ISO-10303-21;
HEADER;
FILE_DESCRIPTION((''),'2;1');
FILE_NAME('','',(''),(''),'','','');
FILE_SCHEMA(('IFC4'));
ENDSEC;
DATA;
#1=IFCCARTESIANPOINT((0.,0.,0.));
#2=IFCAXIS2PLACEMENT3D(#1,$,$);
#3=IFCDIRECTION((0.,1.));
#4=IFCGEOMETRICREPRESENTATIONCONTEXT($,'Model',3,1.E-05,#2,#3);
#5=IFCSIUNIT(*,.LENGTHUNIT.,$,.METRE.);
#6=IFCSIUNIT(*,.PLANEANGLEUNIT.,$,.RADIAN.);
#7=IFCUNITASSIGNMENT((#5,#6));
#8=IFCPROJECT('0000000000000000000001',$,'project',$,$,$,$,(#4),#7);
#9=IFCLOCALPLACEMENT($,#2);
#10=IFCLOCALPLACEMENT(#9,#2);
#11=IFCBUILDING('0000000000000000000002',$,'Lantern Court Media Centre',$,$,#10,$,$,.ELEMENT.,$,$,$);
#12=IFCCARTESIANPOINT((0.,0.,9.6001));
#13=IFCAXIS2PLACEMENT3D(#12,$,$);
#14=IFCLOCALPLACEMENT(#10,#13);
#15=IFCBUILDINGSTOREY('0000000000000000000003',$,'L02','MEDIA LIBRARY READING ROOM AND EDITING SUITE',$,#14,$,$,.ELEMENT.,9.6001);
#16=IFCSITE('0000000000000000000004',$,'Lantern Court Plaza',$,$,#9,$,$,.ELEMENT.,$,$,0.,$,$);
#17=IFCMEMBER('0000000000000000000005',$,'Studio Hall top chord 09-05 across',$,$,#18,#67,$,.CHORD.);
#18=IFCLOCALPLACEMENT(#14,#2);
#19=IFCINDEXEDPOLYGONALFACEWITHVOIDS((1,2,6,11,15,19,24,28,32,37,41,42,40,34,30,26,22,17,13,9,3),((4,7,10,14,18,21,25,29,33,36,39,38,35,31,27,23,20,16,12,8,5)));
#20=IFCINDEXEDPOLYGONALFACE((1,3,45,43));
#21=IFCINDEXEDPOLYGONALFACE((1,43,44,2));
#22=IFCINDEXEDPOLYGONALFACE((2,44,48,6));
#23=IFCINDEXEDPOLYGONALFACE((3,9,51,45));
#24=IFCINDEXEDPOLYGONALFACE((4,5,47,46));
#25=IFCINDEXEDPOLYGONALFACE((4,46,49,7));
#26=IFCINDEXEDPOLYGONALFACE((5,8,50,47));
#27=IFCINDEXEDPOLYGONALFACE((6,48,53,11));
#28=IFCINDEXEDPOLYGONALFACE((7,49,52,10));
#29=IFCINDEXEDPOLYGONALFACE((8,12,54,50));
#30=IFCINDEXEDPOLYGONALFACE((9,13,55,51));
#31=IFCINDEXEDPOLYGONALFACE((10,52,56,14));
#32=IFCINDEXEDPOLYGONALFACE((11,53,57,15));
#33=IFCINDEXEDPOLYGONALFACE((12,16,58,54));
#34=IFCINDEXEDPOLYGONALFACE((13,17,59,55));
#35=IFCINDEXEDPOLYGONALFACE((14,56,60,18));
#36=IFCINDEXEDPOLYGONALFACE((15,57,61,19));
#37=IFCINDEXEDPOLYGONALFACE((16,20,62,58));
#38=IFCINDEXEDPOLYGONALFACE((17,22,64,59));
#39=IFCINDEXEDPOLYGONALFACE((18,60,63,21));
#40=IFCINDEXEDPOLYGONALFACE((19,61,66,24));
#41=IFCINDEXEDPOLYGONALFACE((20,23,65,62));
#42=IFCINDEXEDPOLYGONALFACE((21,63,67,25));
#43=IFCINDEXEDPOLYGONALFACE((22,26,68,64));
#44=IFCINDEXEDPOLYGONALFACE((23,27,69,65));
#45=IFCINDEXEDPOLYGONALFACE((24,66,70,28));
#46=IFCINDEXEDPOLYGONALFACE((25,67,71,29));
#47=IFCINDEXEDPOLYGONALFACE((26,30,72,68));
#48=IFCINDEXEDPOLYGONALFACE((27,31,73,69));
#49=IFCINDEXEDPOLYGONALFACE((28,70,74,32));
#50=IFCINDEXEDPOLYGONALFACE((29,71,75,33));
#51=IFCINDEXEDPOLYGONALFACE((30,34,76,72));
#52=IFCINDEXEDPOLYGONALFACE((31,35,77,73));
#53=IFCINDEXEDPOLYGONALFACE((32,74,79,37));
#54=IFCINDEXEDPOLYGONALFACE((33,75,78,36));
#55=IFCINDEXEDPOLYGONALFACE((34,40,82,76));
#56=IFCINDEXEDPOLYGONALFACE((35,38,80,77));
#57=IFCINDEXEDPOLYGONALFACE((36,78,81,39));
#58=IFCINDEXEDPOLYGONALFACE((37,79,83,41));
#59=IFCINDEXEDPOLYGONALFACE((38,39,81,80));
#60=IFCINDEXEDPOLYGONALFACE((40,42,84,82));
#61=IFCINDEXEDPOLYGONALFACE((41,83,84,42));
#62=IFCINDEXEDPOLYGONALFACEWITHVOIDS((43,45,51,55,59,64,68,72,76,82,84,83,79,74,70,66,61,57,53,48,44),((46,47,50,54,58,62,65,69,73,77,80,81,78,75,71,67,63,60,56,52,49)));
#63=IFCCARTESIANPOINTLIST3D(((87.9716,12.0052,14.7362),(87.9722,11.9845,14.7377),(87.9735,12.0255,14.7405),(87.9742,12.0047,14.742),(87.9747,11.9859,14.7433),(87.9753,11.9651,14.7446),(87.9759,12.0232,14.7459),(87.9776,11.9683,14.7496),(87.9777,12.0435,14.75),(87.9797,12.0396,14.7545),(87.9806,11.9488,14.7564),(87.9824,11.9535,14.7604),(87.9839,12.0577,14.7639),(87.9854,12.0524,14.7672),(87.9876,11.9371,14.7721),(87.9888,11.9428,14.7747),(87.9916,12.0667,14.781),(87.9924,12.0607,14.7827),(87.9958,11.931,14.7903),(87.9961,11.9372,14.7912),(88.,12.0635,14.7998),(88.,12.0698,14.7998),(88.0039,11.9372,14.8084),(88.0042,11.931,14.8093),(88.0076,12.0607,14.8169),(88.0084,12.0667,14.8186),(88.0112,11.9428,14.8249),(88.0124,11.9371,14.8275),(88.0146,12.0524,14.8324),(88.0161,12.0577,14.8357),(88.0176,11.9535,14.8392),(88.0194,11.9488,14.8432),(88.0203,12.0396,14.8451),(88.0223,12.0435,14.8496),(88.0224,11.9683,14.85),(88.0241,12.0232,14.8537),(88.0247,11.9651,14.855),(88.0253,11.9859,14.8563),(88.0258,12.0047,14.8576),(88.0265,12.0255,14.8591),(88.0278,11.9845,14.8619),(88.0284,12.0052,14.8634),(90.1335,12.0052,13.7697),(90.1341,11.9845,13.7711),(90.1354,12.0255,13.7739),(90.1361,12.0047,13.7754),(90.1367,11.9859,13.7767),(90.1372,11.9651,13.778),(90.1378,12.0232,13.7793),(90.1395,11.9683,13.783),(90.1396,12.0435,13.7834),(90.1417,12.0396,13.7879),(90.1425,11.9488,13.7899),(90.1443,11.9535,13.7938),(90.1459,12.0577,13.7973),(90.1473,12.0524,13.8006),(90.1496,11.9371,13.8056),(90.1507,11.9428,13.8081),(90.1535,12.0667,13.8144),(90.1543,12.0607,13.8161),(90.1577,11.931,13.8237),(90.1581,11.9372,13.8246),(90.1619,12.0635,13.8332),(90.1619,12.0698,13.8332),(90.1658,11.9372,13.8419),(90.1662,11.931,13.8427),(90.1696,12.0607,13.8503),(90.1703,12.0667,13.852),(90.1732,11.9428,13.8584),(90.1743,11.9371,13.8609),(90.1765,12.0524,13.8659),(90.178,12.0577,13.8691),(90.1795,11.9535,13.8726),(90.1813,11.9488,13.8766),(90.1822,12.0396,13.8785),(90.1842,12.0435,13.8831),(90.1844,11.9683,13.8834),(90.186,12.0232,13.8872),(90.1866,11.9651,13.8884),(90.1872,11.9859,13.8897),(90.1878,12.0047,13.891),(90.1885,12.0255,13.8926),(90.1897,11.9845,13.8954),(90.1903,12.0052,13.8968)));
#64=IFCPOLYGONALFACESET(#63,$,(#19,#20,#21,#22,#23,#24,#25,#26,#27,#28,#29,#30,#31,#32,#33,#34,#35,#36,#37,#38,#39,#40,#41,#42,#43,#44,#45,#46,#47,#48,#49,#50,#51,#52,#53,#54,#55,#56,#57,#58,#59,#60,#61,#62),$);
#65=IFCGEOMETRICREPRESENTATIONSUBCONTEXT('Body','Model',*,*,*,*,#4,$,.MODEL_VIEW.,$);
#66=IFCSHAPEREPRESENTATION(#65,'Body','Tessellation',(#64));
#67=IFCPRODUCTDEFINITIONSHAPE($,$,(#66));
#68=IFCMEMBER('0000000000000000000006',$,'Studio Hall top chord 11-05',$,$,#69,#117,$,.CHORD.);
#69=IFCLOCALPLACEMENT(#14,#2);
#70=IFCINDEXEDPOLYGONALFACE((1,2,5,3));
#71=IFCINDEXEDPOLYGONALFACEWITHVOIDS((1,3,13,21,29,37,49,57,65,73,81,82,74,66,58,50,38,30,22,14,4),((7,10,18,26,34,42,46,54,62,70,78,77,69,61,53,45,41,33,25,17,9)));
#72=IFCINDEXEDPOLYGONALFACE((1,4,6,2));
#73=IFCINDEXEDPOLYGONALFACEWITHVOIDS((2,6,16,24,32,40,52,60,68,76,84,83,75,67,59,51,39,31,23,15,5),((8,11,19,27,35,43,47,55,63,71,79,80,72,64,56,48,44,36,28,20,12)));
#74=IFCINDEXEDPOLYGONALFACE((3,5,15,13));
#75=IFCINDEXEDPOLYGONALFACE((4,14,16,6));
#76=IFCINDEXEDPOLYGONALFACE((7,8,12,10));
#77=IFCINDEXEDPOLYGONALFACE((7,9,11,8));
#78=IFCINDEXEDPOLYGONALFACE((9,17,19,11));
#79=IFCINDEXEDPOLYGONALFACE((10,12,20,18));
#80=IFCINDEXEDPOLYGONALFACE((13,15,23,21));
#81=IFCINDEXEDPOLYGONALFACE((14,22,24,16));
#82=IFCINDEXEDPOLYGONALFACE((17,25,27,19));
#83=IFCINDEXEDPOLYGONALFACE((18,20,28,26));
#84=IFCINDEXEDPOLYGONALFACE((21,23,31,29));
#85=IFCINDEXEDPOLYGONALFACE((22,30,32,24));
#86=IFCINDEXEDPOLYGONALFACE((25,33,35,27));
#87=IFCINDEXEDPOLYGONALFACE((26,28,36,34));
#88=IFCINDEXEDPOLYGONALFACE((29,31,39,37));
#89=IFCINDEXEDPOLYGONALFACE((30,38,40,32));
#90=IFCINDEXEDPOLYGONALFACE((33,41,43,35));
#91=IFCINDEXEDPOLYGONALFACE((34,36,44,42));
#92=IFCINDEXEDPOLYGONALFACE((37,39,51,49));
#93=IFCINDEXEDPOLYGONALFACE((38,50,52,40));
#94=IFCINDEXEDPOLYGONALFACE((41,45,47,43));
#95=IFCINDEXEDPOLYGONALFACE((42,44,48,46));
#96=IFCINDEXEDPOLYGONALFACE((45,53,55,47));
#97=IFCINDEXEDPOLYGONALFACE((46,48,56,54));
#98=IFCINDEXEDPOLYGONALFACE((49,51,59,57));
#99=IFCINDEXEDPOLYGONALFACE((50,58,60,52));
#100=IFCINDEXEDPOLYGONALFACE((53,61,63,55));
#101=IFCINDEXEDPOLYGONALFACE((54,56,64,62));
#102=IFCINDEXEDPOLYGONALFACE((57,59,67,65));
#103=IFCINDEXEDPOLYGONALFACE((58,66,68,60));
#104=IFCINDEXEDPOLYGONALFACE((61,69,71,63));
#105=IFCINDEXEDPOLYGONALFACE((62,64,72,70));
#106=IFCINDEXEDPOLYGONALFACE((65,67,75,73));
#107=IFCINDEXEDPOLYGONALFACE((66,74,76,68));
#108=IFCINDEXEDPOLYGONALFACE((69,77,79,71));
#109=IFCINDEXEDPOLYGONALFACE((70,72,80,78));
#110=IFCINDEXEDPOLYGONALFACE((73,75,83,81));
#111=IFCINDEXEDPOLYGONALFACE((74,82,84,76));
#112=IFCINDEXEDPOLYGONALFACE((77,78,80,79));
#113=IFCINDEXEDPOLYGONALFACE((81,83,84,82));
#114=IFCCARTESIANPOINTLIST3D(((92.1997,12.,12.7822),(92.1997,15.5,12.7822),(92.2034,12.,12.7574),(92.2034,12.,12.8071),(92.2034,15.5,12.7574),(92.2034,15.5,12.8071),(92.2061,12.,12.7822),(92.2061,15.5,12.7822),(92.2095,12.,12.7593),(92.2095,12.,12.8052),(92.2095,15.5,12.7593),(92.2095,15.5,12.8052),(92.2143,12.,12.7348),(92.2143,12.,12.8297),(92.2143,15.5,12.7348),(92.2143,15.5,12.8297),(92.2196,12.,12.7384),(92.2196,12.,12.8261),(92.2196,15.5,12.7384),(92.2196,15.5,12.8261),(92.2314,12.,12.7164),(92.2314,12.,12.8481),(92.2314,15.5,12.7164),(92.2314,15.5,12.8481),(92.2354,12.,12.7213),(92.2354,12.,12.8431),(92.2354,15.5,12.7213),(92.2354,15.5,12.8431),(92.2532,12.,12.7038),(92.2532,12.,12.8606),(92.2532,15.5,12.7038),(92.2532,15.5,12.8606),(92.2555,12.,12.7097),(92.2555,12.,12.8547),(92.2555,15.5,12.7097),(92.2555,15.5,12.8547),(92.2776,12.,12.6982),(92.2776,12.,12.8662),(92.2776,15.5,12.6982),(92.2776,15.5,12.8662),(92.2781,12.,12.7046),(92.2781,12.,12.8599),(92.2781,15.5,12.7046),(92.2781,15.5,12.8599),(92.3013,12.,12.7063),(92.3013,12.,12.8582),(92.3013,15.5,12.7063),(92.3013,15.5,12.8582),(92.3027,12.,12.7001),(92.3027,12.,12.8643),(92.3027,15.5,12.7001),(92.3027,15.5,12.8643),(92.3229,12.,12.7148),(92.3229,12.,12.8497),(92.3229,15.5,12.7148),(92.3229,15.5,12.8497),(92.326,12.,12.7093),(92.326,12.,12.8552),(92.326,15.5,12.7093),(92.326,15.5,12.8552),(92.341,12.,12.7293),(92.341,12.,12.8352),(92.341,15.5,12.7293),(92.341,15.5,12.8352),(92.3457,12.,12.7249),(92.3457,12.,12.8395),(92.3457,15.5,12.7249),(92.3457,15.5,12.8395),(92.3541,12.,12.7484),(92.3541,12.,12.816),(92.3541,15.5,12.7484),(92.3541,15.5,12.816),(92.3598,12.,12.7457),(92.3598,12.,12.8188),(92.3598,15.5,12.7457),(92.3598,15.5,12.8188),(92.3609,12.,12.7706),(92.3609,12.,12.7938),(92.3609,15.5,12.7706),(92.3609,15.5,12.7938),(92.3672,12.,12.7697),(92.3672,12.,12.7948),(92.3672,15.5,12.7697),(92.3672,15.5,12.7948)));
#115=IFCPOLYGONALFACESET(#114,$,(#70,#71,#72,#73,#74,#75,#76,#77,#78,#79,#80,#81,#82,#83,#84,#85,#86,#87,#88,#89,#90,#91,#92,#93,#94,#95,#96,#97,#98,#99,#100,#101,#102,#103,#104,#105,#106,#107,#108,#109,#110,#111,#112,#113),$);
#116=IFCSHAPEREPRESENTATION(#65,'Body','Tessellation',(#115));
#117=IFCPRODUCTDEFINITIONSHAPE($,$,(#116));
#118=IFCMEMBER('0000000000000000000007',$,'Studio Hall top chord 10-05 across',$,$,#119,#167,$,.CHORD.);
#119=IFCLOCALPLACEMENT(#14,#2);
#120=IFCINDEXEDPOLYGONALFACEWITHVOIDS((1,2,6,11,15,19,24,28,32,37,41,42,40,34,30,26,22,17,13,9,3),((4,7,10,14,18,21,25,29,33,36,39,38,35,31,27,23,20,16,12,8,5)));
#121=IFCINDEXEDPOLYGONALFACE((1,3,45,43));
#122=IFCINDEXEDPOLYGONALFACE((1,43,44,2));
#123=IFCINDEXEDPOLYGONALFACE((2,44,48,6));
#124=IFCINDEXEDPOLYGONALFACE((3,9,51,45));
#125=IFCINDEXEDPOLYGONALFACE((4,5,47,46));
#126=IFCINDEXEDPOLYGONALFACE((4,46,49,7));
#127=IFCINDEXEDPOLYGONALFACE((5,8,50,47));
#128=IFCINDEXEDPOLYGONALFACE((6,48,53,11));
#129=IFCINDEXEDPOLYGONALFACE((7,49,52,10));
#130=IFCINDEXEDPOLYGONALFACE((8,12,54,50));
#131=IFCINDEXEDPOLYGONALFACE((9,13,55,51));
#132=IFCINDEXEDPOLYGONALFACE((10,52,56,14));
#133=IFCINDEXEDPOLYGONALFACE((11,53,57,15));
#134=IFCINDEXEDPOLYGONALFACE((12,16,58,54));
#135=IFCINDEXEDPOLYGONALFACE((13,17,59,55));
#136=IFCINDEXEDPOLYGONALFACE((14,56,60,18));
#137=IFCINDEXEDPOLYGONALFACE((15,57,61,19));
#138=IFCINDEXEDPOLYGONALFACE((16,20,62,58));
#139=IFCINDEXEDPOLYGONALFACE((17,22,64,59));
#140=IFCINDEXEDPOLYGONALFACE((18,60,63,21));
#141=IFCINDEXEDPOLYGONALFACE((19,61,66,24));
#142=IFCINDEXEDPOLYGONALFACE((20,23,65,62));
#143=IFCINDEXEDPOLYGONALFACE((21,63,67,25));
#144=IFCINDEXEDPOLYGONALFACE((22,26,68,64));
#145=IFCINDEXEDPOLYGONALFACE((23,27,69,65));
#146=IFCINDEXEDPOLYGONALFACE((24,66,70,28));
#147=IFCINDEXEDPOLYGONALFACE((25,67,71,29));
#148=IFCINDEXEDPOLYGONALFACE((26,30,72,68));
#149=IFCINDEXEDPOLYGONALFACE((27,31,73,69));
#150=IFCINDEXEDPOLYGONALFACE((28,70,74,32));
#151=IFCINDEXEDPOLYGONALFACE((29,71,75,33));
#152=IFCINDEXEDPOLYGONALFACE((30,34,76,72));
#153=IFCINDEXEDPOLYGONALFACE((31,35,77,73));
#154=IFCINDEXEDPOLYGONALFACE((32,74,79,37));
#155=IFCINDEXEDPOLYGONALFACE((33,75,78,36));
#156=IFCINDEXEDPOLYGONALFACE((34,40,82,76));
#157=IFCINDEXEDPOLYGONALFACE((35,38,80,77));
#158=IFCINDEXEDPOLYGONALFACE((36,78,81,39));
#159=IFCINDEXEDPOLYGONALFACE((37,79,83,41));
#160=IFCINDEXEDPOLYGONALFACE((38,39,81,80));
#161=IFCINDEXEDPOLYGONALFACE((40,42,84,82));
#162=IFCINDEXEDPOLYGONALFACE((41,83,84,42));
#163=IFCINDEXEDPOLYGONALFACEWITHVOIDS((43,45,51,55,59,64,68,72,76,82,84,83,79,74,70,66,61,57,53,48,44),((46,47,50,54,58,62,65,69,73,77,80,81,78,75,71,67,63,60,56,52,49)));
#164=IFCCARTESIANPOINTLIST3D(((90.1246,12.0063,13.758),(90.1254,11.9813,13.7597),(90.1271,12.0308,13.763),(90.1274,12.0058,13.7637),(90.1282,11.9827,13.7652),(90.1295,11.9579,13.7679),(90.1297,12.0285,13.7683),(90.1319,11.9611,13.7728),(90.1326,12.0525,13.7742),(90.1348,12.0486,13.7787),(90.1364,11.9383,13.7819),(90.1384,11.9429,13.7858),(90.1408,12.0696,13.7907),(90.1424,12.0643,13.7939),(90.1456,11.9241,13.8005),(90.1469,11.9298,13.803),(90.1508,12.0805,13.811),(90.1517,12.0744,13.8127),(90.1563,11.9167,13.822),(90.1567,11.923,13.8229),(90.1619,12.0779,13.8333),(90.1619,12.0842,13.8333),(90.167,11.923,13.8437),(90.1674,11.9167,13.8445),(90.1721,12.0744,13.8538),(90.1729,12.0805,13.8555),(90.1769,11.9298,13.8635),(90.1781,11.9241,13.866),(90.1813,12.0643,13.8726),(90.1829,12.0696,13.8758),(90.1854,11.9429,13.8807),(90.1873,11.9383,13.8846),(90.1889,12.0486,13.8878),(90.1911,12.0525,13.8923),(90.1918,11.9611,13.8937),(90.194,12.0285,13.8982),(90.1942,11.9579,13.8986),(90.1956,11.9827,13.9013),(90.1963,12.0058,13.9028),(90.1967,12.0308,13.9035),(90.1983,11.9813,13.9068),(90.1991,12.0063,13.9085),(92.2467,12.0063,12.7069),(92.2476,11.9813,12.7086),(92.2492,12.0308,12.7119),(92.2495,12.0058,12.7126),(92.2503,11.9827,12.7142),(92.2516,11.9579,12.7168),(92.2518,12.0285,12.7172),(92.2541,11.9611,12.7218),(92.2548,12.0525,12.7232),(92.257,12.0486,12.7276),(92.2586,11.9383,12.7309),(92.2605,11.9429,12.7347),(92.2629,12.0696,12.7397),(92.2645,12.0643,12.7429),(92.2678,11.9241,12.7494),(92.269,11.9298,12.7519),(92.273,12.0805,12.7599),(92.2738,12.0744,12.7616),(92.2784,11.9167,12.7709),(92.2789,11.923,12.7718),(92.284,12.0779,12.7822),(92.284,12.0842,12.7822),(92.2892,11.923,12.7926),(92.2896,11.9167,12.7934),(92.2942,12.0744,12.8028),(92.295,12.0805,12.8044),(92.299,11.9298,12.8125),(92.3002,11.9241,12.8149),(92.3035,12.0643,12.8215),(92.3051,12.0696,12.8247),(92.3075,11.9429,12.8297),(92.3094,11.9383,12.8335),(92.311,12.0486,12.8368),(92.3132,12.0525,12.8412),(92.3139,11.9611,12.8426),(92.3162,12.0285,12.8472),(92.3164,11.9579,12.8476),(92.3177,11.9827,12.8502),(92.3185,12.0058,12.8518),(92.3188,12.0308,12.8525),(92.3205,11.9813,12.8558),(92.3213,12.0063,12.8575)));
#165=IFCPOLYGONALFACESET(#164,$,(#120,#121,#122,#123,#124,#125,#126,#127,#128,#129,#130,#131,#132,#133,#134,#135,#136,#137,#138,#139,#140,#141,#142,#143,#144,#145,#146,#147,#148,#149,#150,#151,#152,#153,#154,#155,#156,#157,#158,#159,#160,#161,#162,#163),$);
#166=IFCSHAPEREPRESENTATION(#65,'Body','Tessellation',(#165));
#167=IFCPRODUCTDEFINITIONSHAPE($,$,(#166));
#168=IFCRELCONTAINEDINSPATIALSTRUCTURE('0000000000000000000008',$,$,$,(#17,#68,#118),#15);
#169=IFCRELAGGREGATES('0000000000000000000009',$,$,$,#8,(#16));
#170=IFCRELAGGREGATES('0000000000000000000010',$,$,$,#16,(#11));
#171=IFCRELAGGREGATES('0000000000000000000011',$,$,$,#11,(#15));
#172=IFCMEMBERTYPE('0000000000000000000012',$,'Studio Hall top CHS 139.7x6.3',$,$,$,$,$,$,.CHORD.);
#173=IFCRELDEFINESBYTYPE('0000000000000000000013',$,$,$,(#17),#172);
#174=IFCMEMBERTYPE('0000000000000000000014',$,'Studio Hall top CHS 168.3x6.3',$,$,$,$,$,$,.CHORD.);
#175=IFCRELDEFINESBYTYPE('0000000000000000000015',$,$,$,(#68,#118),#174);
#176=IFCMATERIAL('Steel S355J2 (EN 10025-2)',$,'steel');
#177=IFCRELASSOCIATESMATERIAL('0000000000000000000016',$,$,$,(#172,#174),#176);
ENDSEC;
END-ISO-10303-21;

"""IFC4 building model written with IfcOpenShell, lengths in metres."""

from ifc_helpers import new_model, si_unit, direction, frame, origin, origin_2d, place, context, subcontext, project, spatial, hollow_circle, extrude, material, material_profile, profile_set, type_object, element, save


model = new_model("IFC4")

# Units and contexts
model_context = context("Model", 3, precision=1e-05, world=origin(), true_north=direction((0.0, 1.0)))
body_context = subcontext(model_context, "Body", "Model", "MODEL_VIEW")
ifc_project = project(units=[si_unit("LENGTHUNIT", "METRE"), si_unit("PLANEANGLEUNIT", "RADIAN")], contexts=[model_context])

# Site, building, storey
site_placement = place(None, origin())
site = spatial("IfcSite", under=ifc_project, at=site_placement, Name="Lantern Court Plaza", CompositionType="ELEMENT", RefElevation=0.0)
building_placement = place(site_placement, origin())
building = spatial("IfcBuilding", under=site, at=building_placement, Name="Lantern Court Media Centre", CompositionType="ELEMENT")
storey_placement = place(building_placement, frame((0.0, 0.0, 9.6001)))
storey = spatial("IfcBuildingStorey", under=building, at=storey_placement, Name="L02", Description="MEDIA LIBRARY READING ROOM AND EDITING SUITE", CompositionType="ELEMENT", Elevation=9.6001)

# Members
ifc_material = material(Name="Steel S355J2 (EN 10025-2)", Category="steel")
ifc_material_profile_1 = material_profile(ifc_material, hollow_circle(Radius=0.0698, WallThickness=0.0063, at=origin_2d()), Name="Studio Hall top CHS 139.7x6.3")
ifc_profile_set_1 = profile_set([ifc_material_profile_1], Name="Steel S355J2 (EN 10025-2)")
member_type_1 = type_object("IfcMemberType", Name="Studio Hall top CHS 139.7x6.3", PredefinedType="CHORD", material=ifc_profile_set_1)
for number, where, z_axis, x_axis, name in (
    (1, (88.0, 12.0, 14.7998), (0.912912, 0.0, -0.408156), (0.0, 1.0, 0.0), "Studio Hall top chord 09-05 across"),
):
    element("IfcMember", number, at=place(storey_placement, frame(where, z_axis=z_axis, x_axis=x_axis)), inside=storey, type_object=member_type_1, Name=name, PredefinedType="CHORD", context=body_context, shape_type="SweptSolid", body=[
        extrude(hollow_circle(Radius=0.0698, WallThickness=0.0063, at=origin_2d()), origin(), (0.0, 0.0, 1.0), 2.3682),
    ])
ifc_material_profile_2 = material_profile(ifc_material, hollow_circle(Radius=0.0842, WallThickness=0.0063, at=origin_2d()), Name="Studio Hall top CHS 168.3x6.3")
ifc_profile_set_2 = profile_set([ifc_material_profile_2], Name="Steel S355J2 (EN 10025-2)")
member_type_2 = type_object("IfcMemberType", Name="Studio Hall top CHS 168.3x6.3", PredefinedType="CHORD", material=ifc_profile_set_2)
member_1_placement = place(storey_placement, frame((92.2839, 12.0, 12.7822), z_axis=(0.0, 1.0, 0.0), x_axis=(-1.0, 0.0, 0.0)))
element("IfcMember", 2, at=member_1_placement, inside=storey, type_object=member_type_2, Name="Studio Hall top chord 11-05", PredefinedType="CHORD", context=body_context, shape_type="SweptSolid", body=[
    extrude(hollow_circle(Radius=0.0842, WallThickness=0.0063, at=origin_2d()), origin(), (0.0, 0.0, 1.0), 3.5),
])
member_2_placement = place(storey_placement, frame((90.1619, 12.0, 13.8333), z_axis=(0.896112, 0.0, -0.443829), x_axis=(0.0, 1.0, 0.0)))
element("IfcMember", 3, at=member_2_placement, inside=storey, type_object=member_type_2, Name="Studio Hall top chord 10-05 across", PredefinedType="CHORD", context=body_context, shape_type="SweptSolid", body=[
    extrude(hollow_circle(Radius=0.0842, WallThickness=0.0063, at=origin_2d()), origin(), (0.0, 0.0, 1.0), 2.3682),
])

save(model, "model.ifc")
